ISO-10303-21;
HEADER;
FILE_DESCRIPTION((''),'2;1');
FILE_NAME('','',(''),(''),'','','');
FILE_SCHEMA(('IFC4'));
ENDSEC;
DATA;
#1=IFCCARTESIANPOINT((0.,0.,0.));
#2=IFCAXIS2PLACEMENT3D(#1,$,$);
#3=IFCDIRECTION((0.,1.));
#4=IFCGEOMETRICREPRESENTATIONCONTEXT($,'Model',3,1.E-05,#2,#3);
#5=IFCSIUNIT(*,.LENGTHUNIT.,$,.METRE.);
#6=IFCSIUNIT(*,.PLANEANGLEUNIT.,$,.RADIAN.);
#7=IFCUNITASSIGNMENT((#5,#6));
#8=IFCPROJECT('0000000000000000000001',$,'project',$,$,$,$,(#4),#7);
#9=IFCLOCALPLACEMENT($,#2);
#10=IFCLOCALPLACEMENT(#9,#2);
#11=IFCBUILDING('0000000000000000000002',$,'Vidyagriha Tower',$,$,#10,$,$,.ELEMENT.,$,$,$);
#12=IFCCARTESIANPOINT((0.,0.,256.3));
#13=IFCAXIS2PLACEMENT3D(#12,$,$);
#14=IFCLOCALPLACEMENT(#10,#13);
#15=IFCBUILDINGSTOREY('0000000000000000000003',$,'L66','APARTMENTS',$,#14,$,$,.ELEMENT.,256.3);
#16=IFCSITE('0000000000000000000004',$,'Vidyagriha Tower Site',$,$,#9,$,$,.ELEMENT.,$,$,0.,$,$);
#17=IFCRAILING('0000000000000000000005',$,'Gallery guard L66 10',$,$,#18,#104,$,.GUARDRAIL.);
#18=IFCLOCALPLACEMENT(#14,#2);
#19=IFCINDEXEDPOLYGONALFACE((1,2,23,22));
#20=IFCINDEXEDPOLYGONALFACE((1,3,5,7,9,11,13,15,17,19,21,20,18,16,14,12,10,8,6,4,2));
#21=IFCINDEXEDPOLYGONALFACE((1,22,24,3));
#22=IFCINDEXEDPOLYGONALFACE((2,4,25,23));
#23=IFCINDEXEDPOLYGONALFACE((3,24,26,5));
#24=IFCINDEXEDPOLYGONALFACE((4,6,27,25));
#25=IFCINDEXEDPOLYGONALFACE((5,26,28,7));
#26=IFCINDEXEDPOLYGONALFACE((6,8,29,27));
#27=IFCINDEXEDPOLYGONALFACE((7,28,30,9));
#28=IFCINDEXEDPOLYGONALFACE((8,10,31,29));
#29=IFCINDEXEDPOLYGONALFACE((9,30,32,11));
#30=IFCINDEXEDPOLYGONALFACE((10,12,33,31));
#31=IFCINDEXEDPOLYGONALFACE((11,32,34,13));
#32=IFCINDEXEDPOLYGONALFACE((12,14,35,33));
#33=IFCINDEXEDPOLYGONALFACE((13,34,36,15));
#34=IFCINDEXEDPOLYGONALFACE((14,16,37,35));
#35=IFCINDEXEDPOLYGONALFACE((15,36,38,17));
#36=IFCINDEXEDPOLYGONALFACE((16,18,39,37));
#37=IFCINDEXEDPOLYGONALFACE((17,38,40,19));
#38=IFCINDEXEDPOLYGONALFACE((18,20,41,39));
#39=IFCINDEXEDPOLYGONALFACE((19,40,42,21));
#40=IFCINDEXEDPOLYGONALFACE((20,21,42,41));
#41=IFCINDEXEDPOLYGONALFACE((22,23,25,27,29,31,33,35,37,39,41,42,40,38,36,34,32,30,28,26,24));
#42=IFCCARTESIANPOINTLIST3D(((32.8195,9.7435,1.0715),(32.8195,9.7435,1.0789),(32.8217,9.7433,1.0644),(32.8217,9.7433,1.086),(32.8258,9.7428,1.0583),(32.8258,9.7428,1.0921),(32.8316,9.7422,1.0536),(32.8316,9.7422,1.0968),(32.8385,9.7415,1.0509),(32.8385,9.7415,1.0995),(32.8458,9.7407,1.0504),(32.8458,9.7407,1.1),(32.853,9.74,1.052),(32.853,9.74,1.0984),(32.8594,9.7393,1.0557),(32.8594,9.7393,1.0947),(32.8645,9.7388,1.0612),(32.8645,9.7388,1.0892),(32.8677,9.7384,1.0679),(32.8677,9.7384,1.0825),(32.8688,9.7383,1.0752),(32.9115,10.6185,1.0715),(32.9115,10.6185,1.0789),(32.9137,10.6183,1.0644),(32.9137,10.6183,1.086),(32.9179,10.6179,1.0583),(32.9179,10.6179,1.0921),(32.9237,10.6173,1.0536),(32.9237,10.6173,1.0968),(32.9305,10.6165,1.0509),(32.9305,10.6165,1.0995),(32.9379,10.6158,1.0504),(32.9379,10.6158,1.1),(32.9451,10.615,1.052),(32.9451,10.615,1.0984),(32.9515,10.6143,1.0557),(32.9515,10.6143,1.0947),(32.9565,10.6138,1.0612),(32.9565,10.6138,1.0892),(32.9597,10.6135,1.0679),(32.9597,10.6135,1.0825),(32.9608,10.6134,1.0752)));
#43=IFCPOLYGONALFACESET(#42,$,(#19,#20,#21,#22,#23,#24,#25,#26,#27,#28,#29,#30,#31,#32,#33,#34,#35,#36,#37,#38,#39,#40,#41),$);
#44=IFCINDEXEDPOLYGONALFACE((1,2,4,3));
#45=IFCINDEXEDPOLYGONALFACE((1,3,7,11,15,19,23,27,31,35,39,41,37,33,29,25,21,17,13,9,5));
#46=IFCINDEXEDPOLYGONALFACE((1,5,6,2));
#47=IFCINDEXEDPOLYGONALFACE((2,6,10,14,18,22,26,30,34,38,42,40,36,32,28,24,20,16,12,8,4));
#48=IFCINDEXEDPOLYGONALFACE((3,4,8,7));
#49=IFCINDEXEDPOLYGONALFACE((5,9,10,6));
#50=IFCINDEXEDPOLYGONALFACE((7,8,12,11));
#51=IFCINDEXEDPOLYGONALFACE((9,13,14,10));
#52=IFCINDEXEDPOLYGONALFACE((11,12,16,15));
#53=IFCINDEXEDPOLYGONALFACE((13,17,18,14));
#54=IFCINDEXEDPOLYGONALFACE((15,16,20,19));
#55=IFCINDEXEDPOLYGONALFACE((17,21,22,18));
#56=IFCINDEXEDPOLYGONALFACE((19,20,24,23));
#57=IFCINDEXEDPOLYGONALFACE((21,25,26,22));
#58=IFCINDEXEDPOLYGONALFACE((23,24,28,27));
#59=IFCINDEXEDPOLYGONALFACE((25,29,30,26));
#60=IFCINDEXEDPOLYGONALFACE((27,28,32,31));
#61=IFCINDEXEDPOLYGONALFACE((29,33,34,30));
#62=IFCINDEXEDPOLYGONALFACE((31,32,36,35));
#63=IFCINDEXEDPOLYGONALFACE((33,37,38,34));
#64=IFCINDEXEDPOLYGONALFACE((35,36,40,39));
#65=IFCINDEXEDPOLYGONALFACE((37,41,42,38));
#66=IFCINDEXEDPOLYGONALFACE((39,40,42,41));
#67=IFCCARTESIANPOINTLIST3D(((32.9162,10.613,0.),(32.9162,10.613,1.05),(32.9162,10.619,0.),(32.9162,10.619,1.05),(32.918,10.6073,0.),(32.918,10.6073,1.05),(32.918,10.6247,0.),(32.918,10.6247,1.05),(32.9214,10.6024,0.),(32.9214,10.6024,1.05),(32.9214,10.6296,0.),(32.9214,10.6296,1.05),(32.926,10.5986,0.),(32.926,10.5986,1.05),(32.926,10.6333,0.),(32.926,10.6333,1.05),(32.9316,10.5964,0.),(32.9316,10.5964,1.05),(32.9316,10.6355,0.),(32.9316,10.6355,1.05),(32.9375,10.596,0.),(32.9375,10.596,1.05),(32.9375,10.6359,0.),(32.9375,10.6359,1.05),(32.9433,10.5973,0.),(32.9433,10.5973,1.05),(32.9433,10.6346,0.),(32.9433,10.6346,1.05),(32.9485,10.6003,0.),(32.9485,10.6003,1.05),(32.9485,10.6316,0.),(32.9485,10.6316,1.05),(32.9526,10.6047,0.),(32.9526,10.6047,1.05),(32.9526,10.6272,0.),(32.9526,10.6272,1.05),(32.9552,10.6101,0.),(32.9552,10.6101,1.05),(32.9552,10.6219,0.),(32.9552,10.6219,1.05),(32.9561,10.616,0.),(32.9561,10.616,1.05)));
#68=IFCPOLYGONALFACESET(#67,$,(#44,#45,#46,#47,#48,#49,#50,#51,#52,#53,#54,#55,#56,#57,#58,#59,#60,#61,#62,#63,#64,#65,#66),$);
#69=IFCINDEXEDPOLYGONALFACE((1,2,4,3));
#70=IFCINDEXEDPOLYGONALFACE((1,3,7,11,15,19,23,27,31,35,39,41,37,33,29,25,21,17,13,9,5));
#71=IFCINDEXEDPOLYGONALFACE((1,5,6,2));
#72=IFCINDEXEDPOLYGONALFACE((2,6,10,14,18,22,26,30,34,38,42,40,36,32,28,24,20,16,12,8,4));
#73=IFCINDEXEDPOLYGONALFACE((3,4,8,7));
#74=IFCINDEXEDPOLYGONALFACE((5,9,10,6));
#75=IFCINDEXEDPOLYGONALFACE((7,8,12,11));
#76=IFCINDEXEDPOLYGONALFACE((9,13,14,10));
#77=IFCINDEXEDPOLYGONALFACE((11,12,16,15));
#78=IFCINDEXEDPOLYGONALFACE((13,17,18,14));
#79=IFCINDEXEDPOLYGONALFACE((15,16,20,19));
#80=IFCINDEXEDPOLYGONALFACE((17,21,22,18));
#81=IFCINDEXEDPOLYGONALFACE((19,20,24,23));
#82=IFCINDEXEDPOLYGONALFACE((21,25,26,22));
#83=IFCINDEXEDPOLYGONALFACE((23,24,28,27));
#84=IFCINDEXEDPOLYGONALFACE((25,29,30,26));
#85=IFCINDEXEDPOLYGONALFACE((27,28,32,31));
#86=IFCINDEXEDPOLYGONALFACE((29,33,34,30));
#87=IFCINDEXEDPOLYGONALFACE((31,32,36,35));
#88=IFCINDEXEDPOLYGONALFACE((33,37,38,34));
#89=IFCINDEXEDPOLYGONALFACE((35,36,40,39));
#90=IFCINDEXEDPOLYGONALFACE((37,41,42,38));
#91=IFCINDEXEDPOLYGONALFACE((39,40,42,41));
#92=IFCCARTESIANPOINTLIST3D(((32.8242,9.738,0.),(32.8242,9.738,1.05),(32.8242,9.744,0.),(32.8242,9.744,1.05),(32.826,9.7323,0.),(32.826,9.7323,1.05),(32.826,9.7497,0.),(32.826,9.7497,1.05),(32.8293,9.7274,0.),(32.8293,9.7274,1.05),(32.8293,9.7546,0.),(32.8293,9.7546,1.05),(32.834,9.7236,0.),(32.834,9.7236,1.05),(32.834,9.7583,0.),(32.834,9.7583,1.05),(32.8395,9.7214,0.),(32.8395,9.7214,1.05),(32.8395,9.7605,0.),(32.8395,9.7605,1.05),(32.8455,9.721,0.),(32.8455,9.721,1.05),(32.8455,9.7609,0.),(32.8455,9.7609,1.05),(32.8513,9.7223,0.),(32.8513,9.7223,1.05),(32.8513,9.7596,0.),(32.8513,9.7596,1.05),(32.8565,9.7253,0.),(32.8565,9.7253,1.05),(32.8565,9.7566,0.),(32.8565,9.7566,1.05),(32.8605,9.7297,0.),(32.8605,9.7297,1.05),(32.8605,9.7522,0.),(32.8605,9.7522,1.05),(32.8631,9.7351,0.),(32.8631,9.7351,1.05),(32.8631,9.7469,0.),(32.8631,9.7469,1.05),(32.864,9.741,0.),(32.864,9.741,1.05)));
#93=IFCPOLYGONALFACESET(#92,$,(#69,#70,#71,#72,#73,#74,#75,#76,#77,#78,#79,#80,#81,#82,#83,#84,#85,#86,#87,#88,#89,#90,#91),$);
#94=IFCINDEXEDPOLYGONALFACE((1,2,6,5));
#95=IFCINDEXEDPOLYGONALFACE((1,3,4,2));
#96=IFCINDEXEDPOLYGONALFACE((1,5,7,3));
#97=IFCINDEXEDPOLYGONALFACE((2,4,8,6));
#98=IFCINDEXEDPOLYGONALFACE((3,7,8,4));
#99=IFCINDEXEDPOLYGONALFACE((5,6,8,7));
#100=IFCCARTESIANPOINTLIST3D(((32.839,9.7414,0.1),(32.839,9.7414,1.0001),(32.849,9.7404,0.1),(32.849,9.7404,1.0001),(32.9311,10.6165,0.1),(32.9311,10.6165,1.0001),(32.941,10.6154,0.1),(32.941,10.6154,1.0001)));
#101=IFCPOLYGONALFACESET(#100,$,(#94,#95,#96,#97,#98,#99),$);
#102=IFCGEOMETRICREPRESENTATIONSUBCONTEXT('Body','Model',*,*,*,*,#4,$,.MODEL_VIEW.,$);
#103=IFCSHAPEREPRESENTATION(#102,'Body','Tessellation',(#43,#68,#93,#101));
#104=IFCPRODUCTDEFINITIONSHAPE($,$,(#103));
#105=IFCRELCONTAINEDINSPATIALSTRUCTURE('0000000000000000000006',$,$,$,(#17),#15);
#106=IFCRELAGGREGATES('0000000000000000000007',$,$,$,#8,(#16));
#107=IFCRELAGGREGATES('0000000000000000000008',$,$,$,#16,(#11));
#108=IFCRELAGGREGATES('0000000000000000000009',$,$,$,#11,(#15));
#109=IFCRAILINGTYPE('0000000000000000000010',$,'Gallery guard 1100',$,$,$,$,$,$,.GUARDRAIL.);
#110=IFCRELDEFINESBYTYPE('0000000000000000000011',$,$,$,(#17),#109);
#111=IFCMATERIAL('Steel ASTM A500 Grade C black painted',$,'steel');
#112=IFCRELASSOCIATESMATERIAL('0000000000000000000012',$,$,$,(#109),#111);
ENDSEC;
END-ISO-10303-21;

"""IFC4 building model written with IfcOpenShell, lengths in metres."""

from ifc_helpers import new_model, si_unit, direction, frame, origin, origin_2d, place, context, subcontext, project, spatial, rectangle, circle, extrude, material, type_object, element, save


model = new_model("IFC4")

# Units and contexts
model_context = context("Model", 3, precision=1e-05, world=origin(), true_north=direction((0.0, 1.0)))
body_context = subcontext(model_context, "Body", "Model", "MODEL_VIEW")
ifc_project = project(units=[si_unit("LENGTHUNIT", "METRE"), si_unit("PLANEANGLEUNIT", "RADIAN")], contexts=[model_context])

# Site, building, storey
site_placement = place(None, origin())
site = spatial("IfcSite", under=ifc_project, at=site_placement, Name="Vidyagriha Tower Site", CompositionType="ELEMENT", RefElevation=0.0)
building_placement = place(site_placement, origin())
building = spatial("IfcBuilding", under=site, at=building_placement, Name="Vidyagriha Tower", CompositionType="ELEMENT")
storey_placement = place(building_placement, frame((0.0, 0.0, 256.3)))
storey = spatial("IfcBuildingStorey", under=building, at=storey_placement, Name="L66", Description="APARTMENTS", CompositionType="ELEMENT", Elevation=256.3)

# Railing
ifc_material_1 = material(Name="Steel ASTM A500 Grade C black painted", Category="steel")
railing_type_1 = type_object("IfcRailingType", Name="Gallery guard 1100", PredefinedType="GUARDRAIL", material=ifc_material_1)
railing_1_placement = place(storey_placement, frame((32.936, 10.616, 0.0)))
element("IfcRailing", 1, at=railing_1_placement, inside=storey, type_object=railing_type_1, Name="Gallery guard L66 10", PredefinedType="GUARDRAIL", context=body_context, shape_type="SweptSolid", body=[
    extrude(circle(Radius=0.0249, at=origin_2d()), frame((0.0, 0.0, 1.0752), z_axis=(-0.104613, -0.994513, 0.0), x_axis=(0.994513, -0.104613, 0.0)), (0.0, 0.0, 1.0), 0.8799),
    extrude(circle(Radius=0.02, at=origin_2d()), origin(), (0.0, 0.0, 1.0), 1.05),
    extrude(circle(Radius=0.02, at=origin_2d()), frame((-0.092, -0.875, 0.0)), (0.0, 0.0, 1.0), 1.05),
    extrude(rectangle(XDim=0.01, YDim=0.9001, at=origin_2d()), frame((0.0, 0.0, 0.55), z_axis=(-0.104613, -0.994513, 0.0), x_axis=(0.994513, -0.104613, 0.0)), (0.0, 0.0, 1.0), 0.8799),
])

save(model, "model.ifc")
